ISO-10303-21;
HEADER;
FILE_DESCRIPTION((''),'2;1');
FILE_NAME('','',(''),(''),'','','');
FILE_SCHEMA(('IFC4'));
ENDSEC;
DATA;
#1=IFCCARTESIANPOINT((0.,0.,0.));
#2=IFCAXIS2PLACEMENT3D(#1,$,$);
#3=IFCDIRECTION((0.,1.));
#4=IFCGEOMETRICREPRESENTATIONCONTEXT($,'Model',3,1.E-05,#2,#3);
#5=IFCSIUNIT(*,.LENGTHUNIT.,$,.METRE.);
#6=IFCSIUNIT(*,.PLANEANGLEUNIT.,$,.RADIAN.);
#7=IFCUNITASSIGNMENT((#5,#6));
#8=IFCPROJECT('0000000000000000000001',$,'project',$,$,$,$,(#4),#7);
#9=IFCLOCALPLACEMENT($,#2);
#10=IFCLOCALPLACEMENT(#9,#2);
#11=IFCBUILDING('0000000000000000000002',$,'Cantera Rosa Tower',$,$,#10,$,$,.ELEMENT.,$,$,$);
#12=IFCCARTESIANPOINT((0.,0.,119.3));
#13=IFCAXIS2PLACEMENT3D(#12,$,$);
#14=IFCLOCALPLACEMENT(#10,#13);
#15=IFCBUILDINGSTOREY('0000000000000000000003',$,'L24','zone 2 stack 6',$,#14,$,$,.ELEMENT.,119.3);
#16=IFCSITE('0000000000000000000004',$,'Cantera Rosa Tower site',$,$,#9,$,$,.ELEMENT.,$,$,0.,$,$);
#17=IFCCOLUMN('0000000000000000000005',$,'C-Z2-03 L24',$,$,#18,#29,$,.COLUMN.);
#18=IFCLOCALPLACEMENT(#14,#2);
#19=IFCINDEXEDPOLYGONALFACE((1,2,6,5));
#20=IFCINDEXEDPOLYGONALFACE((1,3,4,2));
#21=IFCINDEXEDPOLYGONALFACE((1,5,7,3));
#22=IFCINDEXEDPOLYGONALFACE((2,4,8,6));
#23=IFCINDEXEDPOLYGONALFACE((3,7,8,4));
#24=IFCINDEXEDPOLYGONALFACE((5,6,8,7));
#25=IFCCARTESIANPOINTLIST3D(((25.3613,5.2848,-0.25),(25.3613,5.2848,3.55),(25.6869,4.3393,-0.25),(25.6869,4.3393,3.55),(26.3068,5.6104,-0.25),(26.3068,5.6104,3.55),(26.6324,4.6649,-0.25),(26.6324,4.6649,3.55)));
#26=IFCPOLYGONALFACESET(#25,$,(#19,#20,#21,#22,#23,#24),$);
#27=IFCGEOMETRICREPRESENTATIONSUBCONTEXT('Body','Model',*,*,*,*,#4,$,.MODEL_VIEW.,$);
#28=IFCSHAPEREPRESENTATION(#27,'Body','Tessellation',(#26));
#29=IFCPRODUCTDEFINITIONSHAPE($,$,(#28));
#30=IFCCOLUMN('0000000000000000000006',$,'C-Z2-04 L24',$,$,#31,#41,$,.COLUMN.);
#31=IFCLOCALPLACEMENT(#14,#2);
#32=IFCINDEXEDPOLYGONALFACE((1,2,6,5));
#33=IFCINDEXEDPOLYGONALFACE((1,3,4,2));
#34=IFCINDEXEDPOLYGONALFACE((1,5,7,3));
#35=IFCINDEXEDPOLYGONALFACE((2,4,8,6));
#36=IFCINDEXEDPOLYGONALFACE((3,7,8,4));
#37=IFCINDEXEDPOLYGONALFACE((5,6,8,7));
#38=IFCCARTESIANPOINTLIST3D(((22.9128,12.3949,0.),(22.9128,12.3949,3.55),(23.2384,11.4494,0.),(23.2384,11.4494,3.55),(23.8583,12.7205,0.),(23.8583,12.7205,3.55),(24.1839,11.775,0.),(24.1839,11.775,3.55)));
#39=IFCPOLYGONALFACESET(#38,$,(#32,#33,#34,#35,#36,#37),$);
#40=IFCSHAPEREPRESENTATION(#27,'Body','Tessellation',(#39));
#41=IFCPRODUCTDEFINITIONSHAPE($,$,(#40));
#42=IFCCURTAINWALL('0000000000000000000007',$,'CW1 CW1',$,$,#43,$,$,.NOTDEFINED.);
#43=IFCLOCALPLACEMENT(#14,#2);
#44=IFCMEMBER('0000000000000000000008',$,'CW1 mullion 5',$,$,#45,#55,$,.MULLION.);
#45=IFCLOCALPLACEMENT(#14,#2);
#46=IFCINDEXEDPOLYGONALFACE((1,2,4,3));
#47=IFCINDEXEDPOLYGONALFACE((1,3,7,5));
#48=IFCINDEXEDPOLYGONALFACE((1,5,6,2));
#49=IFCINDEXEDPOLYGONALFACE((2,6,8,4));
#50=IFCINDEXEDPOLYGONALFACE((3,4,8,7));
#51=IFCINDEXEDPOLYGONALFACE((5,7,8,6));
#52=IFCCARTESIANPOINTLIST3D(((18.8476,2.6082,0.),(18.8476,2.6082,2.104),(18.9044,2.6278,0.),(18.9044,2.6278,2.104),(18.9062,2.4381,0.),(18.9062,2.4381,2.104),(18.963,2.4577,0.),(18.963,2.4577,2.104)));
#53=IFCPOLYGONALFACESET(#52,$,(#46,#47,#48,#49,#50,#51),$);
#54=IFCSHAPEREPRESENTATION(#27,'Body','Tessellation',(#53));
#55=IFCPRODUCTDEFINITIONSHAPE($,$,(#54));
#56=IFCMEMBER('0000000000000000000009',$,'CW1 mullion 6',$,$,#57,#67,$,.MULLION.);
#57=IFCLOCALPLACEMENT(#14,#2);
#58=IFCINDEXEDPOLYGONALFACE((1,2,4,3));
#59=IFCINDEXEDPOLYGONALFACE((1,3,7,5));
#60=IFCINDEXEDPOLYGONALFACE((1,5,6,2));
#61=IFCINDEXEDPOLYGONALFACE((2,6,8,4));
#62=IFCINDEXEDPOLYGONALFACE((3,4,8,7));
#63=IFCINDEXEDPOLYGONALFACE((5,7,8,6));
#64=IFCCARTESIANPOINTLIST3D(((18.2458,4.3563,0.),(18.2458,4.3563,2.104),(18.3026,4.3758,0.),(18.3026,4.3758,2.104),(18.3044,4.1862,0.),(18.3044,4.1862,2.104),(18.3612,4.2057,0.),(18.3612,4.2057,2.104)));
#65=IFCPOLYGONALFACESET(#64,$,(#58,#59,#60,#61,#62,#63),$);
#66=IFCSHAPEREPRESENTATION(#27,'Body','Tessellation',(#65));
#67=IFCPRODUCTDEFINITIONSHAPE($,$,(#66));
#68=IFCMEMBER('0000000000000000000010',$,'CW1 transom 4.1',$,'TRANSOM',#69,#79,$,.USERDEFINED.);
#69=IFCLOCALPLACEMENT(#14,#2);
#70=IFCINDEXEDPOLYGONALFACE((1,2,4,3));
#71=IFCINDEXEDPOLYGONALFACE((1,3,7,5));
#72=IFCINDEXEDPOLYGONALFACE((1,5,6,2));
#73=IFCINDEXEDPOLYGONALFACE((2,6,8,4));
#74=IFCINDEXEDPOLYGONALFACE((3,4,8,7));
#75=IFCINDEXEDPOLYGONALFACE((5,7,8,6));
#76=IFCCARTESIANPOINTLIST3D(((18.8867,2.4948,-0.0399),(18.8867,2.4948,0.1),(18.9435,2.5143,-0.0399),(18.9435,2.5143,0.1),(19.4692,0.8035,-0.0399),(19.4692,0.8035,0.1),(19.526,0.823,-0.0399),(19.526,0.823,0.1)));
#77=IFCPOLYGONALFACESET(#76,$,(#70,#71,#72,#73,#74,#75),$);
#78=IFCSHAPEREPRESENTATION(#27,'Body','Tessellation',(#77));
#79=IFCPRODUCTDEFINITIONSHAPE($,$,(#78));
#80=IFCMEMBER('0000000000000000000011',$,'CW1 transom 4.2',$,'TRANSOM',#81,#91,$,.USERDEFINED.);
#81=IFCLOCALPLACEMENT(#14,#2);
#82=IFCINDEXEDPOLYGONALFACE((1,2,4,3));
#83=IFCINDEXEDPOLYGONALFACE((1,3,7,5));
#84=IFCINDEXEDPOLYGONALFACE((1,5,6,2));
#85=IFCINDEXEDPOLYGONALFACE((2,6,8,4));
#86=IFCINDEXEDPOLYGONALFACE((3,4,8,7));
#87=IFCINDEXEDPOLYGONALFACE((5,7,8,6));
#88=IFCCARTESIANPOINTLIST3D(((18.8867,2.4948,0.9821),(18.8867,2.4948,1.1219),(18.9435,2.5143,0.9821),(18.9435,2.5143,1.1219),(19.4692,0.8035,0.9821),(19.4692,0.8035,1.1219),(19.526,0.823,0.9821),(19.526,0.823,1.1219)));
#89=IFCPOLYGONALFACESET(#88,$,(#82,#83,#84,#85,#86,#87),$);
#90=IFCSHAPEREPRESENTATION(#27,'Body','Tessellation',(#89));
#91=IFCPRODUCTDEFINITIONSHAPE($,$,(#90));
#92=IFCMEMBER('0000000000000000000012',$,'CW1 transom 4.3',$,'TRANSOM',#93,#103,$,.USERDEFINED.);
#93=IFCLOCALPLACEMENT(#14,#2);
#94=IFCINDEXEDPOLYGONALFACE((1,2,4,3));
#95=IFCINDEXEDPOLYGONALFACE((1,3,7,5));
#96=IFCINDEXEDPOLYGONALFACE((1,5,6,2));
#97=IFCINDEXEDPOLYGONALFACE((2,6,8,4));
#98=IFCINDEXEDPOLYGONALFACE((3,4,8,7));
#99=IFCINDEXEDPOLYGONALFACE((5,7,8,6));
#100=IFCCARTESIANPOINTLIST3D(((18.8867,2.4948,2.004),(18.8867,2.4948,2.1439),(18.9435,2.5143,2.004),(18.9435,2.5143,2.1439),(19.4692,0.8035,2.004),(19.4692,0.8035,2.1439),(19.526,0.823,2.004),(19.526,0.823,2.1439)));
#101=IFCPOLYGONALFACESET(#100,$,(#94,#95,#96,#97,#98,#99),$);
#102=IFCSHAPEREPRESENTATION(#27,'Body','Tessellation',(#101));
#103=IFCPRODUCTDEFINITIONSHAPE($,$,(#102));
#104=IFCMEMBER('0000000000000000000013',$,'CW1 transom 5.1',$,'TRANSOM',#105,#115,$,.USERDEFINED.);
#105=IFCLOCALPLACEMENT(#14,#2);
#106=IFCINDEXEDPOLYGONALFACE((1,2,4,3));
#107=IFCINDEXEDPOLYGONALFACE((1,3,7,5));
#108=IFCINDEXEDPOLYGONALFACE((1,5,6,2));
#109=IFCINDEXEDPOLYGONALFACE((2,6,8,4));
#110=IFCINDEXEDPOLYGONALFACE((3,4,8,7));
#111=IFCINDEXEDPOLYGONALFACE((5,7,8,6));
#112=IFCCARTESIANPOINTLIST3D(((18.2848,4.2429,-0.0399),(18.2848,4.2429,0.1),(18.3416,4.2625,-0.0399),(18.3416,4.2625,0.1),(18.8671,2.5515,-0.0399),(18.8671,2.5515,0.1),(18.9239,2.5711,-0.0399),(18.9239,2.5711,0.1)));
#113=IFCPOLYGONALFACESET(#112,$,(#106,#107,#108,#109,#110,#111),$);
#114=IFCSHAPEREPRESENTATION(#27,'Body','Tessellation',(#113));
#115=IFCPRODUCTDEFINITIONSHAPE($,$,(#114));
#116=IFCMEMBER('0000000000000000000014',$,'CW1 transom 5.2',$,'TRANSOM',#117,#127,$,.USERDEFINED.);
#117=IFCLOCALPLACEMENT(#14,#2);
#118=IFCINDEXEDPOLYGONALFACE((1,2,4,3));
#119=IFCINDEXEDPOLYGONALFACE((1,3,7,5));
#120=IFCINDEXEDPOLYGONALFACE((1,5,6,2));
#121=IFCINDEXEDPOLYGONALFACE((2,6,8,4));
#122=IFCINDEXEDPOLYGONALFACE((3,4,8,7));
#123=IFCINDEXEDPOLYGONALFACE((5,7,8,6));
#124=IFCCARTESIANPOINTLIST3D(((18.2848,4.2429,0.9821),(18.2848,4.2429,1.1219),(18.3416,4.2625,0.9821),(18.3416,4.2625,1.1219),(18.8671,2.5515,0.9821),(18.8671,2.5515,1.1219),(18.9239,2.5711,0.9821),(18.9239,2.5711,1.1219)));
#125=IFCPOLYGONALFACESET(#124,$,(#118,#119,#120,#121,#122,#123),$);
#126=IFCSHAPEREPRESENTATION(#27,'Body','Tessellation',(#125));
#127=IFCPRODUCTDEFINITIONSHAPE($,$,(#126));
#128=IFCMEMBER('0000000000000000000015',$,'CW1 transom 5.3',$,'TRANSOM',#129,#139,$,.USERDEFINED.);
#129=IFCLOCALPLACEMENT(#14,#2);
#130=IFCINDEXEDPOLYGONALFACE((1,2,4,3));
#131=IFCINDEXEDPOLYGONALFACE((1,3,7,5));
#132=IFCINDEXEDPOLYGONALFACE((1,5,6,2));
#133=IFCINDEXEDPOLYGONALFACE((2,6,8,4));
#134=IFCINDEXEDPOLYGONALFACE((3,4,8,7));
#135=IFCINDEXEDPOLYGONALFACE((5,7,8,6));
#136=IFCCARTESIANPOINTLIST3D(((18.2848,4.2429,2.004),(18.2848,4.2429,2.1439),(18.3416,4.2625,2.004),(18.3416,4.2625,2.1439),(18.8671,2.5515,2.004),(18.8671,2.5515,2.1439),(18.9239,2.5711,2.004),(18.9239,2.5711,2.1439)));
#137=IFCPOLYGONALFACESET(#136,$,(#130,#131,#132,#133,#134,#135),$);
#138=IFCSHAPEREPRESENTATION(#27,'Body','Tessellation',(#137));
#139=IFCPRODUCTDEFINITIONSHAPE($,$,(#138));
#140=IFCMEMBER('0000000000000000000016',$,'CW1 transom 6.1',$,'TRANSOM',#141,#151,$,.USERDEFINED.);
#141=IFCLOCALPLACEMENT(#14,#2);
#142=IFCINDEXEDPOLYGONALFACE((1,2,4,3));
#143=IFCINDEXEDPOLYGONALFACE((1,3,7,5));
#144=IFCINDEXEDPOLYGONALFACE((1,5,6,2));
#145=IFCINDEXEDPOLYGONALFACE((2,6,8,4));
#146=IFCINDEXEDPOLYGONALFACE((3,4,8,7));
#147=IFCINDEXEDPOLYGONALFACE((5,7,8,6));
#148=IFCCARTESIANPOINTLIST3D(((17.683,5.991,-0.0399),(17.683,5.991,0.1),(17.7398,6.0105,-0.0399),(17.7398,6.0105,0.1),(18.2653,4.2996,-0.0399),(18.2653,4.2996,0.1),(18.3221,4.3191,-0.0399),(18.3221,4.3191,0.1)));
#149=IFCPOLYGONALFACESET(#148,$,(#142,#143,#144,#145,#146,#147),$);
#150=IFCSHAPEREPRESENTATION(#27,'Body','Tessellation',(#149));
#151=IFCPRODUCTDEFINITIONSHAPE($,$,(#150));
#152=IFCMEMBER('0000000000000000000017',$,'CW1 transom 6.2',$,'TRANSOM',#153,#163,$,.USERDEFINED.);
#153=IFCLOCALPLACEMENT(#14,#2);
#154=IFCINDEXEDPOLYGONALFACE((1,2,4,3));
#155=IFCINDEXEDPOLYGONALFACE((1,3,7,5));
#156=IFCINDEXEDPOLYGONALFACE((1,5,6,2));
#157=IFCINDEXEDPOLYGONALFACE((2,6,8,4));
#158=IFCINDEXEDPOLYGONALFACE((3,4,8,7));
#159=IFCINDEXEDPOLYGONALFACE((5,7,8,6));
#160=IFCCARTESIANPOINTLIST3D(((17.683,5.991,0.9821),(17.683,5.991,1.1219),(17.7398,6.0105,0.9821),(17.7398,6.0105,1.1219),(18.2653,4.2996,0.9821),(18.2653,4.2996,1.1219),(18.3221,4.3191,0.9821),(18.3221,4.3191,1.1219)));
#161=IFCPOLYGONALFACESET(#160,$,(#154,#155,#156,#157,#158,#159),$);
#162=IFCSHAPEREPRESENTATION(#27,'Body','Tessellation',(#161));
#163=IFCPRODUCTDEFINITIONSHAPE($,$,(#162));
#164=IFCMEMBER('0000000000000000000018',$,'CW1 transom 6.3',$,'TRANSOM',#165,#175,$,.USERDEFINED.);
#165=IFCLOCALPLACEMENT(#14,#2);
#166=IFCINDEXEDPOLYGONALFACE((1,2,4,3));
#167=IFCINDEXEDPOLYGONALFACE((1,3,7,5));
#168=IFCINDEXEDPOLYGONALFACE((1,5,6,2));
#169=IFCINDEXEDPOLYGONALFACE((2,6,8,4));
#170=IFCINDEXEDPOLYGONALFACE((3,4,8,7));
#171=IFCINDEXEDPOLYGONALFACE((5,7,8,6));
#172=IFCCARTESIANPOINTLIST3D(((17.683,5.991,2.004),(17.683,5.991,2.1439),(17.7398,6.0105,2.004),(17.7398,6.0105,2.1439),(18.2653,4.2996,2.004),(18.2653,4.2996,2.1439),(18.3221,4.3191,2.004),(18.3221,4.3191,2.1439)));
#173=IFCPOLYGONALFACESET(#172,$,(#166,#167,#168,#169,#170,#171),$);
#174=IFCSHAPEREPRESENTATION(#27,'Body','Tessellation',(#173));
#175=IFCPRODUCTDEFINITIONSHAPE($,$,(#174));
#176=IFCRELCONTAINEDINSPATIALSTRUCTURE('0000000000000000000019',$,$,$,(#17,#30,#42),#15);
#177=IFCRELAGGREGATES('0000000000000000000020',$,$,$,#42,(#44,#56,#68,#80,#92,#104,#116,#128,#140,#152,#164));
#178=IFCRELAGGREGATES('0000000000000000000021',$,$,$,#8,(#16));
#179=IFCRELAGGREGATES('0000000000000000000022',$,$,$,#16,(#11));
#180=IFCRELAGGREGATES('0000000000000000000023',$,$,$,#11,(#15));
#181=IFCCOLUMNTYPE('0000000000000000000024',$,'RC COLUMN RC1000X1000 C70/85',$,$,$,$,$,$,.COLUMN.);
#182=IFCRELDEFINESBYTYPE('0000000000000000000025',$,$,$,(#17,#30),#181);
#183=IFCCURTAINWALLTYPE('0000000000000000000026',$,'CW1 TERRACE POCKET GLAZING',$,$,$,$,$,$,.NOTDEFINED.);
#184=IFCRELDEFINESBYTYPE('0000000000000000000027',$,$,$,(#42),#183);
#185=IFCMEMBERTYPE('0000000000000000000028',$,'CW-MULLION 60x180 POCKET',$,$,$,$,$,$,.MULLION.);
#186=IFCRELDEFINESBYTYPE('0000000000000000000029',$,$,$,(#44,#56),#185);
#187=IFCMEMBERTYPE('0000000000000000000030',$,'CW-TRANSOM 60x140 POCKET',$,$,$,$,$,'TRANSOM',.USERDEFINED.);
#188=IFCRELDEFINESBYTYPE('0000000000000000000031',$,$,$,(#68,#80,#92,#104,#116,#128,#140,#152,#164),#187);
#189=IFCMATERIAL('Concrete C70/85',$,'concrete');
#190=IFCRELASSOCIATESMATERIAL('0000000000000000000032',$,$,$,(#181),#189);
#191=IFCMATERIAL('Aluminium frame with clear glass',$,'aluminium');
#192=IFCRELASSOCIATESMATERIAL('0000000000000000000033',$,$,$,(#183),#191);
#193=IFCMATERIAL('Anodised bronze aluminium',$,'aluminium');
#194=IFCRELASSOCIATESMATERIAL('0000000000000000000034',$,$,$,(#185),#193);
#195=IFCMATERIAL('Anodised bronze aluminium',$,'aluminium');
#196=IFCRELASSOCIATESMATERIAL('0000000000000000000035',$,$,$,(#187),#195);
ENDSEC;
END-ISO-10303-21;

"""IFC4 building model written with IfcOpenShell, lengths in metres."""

from ifc_helpers import new_model, si_unit, direction, frame, origin, origin_2d, place, context, subcontext, project, spatial, rectangle, extrude, material, material_profile, profile_set, type_object, element, aggregate, save


model = new_model("IFC4")

# Units and contexts
model_context = context("Model", 3, precision=1e-05, world=origin(), true_north=direction((0.0, 1.0)))
body_context = subcontext(model_context, "Body", "Model", "MODEL_VIEW")
ifc_project = project(units=[si_unit("LENGTHUNIT", "METRE"), si_unit("PLANEANGLEUNIT", "RADIAN")], contexts=[model_context])

# Site, building, storey
site_placement = place(None, origin())
site = spatial("IfcSite", under=ifc_project, at=site_placement, Name="Cantera Rosa Tower site", CompositionType="ELEMENT", RefElevation=0.0)
building_placement = place(site_placement, origin())
building = spatial("IfcBuilding", under=site, at=building_placement, Name="Cantera Rosa Tower", CompositionType="ELEMENT")
storey_placement = place(building_placement, frame((0.0, 0.0, 119.3)))
storey = spatial("IfcBuildingStorey", under=building, at=storey_placement, Name="L24", Description="zone 2 stack 6", CompositionType="ELEMENT", Elevation=119.3)

# Columns
ifc_material_1 = material(Name="Concrete C70/85", Category="concrete")
ifc_material_profile_1 = material_profile(ifc_material_1, rectangle(XDim=1.0, YDim=1.0, at=origin_2d()), Name="RC COLUMN RC1000X1000 C70/85")
ifc_profile_set_1 = profile_set([ifc_material_profile_1], Name="Concrete C70/85")
column_type = type_object("IfcColumnType", Name="RC COLUMN RC1000X1000 C70/85", PredefinedType="COLUMN", material=ifc_profile_set_1)
column_1_placement = place(storey_placement, frame((25.9968, 4.9749, -0.25), z_axis=(0.0, 0.0, 1.0), x_axis=(0.945519, 0.325568, 0.0)))
element("IfcColumn", 1, at=column_1_placement, inside=storey, type_object=column_type, Name="C-Z2-03 L24", PredefinedType="COLUMN", context=body_context, shape_type="SweptSolid", body=[
    extrude(rectangle(XDim=1.0, YDim=1.0, at=origin_2d()), origin(), (0.0, 0.0, 1.0), 3.8),
])
column_2_placement = place(storey_placement, frame((23.5483, 12.085, 0.0), z_axis=(0.0, 0.0, 1.0), x_axis=(0.945519, 0.325568, 0.0)))
element("IfcColumn", 2, at=column_2_placement, inside=storey, type_object=column_type, Name="C-Z2-04 L24", PredefinedType="COLUMN", context=body_context, shape_type="SweptSolid", body=[
    extrude(rectangle(XDim=1.0, YDim=1.0, at=origin_2d()), origin(), (0.0, 0.0, 1.0), 3.55),
])

# Curtain wall, members
ifc_material_2 = material(Name="Aluminium frame with clear glass", Category="aluminium")
curtain_wall_type = type_object("IfcCurtainWallType", Name="CW1 TERRACE POCKET GLAZING", PredefinedType="NOTDEFINED", material=ifc_material_2)
curtain_wall_placement = place(storey_placement, origin())
curtain_wall = element("IfcCurtainWall", 3, at=curtain_wall_placement, inside=storey, type_object=curtain_wall_type, Name="CW1 CW1", PredefinedType="NOTDEFINED")
ifc_material_3 = material(Name="Anodised bronze aluminium", Category="aluminium")
ifc_material_profile_2 = material_profile(ifc_material_3, rectangle(XDim=0.0601, YDim=0.1799, at=origin_2d()), Name="CW-MULLION 60x180 POCKET")
ifc_profile_set_2 = profile_set([ifc_material_profile_2], Name="Anodised bronze aluminium")
member_type_1 = type_object("IfcMemberType", Name="CW-MULLION 60x180 POCKET", PredefinedType="MULLION", material=ifc_profile_set_2)
member_1_placement = place(storey_placement, frame((18.9053, 2.533, 0.0), z_axis=(0.0, 0.0, 1.0), x_axis=(-0.945519, -0.325568, 0.0)))
member_1 = element("IfcMember", 4, at=member_1_placement, type_object=member_type_1, Name="CW1 mullion 5", PredefinedType="MULLION", context=body_context, shape_type="SweptSolid", body=[
    extrude(rectangle(XDim=0.0601, YDim=0.1799, at=origin_2d()), origin(), (0.0, 0.0, 1.0), 2.104),
])
member_2_placement = place(storey_placement, frame((18.3035, 4.281, 0.0), z_axis=(0.0, 0.0, 1.0), x_axis=(-0.945519, -0.325568, 0.0)))
member_2 = element("IfcMember", 5, at=member_2_placement, type_object=member_type_1, Name="CW1 mullion 6", PredefinedType="MULLION", context=body_context, shape_type="SweptSolid", body=[
    extrude(rectangle(XDim=0.0601, YDim=0.1799, at=origin_2d()), origin(), (0.0, 0.0, 1.0), 2.104),
])
ifc_material_4 = material(Name="Anodised bronze aluminium", Category="aluminium")
ifc_material_profile_3 = material_profile(ifc_material_4, rectangle(XDim=0.0601, YDim=0.1399, at=origin_2d()), Name="CW-TRANSOM 60x140 POCKET")
ifc_profile_set_3 = profile_set([ifc_material_profile_3], Name="Anodised bronze aluminium")
member_type_2 = type_object("IfcMemberType", Name="CW-TRANSOM 60x140 POCKET", ElementType="TRANSOM", PredefinedType="USERDEFINED", material=ifc_profile_set_3)
member_3_placement = place(storey_placement, frame((19.4976, 0.8132, 0.03), z_axis=(-0.325629, 0.945498, 0.0), x_axis=(-0.945498, -0.325629, 0.0)))
member_3 = element("IfcMember", 6, at=member_3_placement, type_object=member_type_2, Name="CW1 transom 4.1", ObjectType="TRANSOM", PredefinedType="USERDEFINED", context=body_context, shape_type="SweptSolid", body=[
    extrude(rectangle(XDim=0.0601, YDim=0.1399, at=origin_2d()), origin(), (0.0, 0.0, 1.0), 1.7888),
])
member_4_placement = place(storey_placement, frame((19.4976, 0.8132, 1.052), z_axis=(-0.325629, 0.945498, 0.0), x_axis=(-0.945498, -0.325629, 0.0)))
member_4 = element("IfcMember", 7, at=member_4_placement, type_object=member_type_2, Name="CW1 transom 4.2", ObjectType="TRANSOM", PredefinedType="USERDEFINED", context=body_context, shape_type="SweptSolid", body=[
    extrude(rectangle(XDim=0.0601, YDim=0.1399, at=origin_2d()), origin(), (0.0, 0.0, 1.0), 1.7888),
])
member_5_placement = place(storey_placement, frame((19.4976, 0.8132, 2.074), z_axis=(-0.325629, 0.945498, 0.0), x_axis=(-0.945498, -0.325629, 0.0)))
member_5 = element("IfcMember", 8, at=member_5_placement, type_object=member_type_2, Name="CW1 transom 4.3", ObjectType="TRANSOM", PredefinedType="USERDEFINED", context=body_context, shape_type="SweptSolid", body=[
    extrude(rectangle(XDim=0.0601, YDim=0.1399, at=origin_2d()), origin(), (0.0, 0.0, 1.0), 1.7888),
])
member_6_placement = place(storey_placement, frame((18.8955, 2.5613, 0.03), z_axis=(-0.325507, 0.94554, 0.0), x_axis=(-0.94554, -0.325507, 0.0)))
member_6 = element("IfcMember", 9, at=member_6_placement, type_object=member_type_2, Name="CW1 transom 5.1", ObjectType="TRANSOM", PredefinedType="USERDEFINED", context=body_context, shape_type="SweptSolid", body=[
    extrude(rectangle(XDim=0.0601, YDim=0.1399, at=origin_2d()), origin(), (0.0, 0.0, 1.0), 1.7888),
])
member_7_placement = place(storey_placement, frame((18.8955, 2.5613, 1.052), z_axis=(-0.325507, 0.94554, 0.0), x_axis=(-0.94554, -0.325507, 0.0)))
member_7 = element("IfcMember", 10, at=member_7_placement, type_object=member_type_2, Name="CW1 transom 5.2", ObjectType="TRANSOM", PredefinedType="USERDEFINED", context=body_context, shape_type="SweptSolid", body=[
    extrude(rectangle(XDim=0.0601, YDim=0.1399, at=origin_2d()), origin(), (0.0, 0.0, 1.0), 1.7888),
])
member_8_placement = place(storey_placement, frame((18.8955, 2.5613, 2.074), z_axis=(-0.325507, 0.94554, 0.0), x_axis=(-0.94554, -0.325507, 0.0)))
member_8 = element("IfcMember", 11, at=member_8_placement, type_object=member_type_2, Name="CW1 transom 5.3", ObjectType="TRANSOM", PredefinedType="USERDEFINED", context=body_context, shape_type="SweptSolid", body=[
    extrude(rectangle(XDim=0.0601, YDim=0.1399, at=origin_2d()), origin(), (0.0, 0.0, 1.0), 1.7888),
])
member_9_placement = place(storey_placement, frame((18.2937, 4.3093, 0.03), z_axis=(-0.325507, 0.94554, 0.0), x_axis=(-0.94554, -0.325507, 0.0)))
member_9 = element("IfcMember", 12, at=member_9_placement, type_object=member_type_2, Name="CW1 transom 6.1", ObjectType="TRANSOM", PredefinedType="USERDEFINED", context=body_context, shape_type="SweptSolid", body=[
    extrude(rectangle(XDim=0.0601, YDim=0.1399, at=origin_2d()), origin(), (0.0, 0.0, 1.0), 1.7888),
])
member_10_placement = place(storey_placement, frame((18.2937, 4.3093, 1.052), z_axis=(-0.325507, 0.94554, 0.0), x_axis=(-0.94554, -0.325507, 0.0)))
member_10 = element("IfcMember", 13, at=member_10_placement, type_object=member_type_2, Name="CW1 transom 6.2", ObjectType="TRANSOM", PredefinedType="USERDEFINED", context=body_context, shape_type="SweptSolid", body=[
    extrude(rectangle(XDim=0.0601, YDim=0.1399, at=origin_2d()), origin(), (0.0, 0.0, 1.0), 1.7888),
])
member_11_placement = place(storey_placement, frame((18.2937, 4.3093, 2.074), z_axis=(-0.325507, 0.94554, 0.0), x_axis=(-0.94554, -0.325507, 0.0)))
member_11 = element("IfcMember", 14, at=member_11_placement, type_object=member_type_2, Name="CW1 transom 6.3", ObjectType="TRANSOM", PredefinedType="USERDEFINED", context=body_context, shape_type="SweptSolid", body=[
    extrude(rectangle(XDim=0.0601, YDim=0.1399, at=origin_2d()), origin(), (0.0, 0.0, 1.0), 1.7888),
])

aggregate(curtain_wall, [member_1, member_2, member_3, member_4, member_5, member_6, member_7, member_8, member_9, member_10, member_11])

save(model, "model.ifc")
